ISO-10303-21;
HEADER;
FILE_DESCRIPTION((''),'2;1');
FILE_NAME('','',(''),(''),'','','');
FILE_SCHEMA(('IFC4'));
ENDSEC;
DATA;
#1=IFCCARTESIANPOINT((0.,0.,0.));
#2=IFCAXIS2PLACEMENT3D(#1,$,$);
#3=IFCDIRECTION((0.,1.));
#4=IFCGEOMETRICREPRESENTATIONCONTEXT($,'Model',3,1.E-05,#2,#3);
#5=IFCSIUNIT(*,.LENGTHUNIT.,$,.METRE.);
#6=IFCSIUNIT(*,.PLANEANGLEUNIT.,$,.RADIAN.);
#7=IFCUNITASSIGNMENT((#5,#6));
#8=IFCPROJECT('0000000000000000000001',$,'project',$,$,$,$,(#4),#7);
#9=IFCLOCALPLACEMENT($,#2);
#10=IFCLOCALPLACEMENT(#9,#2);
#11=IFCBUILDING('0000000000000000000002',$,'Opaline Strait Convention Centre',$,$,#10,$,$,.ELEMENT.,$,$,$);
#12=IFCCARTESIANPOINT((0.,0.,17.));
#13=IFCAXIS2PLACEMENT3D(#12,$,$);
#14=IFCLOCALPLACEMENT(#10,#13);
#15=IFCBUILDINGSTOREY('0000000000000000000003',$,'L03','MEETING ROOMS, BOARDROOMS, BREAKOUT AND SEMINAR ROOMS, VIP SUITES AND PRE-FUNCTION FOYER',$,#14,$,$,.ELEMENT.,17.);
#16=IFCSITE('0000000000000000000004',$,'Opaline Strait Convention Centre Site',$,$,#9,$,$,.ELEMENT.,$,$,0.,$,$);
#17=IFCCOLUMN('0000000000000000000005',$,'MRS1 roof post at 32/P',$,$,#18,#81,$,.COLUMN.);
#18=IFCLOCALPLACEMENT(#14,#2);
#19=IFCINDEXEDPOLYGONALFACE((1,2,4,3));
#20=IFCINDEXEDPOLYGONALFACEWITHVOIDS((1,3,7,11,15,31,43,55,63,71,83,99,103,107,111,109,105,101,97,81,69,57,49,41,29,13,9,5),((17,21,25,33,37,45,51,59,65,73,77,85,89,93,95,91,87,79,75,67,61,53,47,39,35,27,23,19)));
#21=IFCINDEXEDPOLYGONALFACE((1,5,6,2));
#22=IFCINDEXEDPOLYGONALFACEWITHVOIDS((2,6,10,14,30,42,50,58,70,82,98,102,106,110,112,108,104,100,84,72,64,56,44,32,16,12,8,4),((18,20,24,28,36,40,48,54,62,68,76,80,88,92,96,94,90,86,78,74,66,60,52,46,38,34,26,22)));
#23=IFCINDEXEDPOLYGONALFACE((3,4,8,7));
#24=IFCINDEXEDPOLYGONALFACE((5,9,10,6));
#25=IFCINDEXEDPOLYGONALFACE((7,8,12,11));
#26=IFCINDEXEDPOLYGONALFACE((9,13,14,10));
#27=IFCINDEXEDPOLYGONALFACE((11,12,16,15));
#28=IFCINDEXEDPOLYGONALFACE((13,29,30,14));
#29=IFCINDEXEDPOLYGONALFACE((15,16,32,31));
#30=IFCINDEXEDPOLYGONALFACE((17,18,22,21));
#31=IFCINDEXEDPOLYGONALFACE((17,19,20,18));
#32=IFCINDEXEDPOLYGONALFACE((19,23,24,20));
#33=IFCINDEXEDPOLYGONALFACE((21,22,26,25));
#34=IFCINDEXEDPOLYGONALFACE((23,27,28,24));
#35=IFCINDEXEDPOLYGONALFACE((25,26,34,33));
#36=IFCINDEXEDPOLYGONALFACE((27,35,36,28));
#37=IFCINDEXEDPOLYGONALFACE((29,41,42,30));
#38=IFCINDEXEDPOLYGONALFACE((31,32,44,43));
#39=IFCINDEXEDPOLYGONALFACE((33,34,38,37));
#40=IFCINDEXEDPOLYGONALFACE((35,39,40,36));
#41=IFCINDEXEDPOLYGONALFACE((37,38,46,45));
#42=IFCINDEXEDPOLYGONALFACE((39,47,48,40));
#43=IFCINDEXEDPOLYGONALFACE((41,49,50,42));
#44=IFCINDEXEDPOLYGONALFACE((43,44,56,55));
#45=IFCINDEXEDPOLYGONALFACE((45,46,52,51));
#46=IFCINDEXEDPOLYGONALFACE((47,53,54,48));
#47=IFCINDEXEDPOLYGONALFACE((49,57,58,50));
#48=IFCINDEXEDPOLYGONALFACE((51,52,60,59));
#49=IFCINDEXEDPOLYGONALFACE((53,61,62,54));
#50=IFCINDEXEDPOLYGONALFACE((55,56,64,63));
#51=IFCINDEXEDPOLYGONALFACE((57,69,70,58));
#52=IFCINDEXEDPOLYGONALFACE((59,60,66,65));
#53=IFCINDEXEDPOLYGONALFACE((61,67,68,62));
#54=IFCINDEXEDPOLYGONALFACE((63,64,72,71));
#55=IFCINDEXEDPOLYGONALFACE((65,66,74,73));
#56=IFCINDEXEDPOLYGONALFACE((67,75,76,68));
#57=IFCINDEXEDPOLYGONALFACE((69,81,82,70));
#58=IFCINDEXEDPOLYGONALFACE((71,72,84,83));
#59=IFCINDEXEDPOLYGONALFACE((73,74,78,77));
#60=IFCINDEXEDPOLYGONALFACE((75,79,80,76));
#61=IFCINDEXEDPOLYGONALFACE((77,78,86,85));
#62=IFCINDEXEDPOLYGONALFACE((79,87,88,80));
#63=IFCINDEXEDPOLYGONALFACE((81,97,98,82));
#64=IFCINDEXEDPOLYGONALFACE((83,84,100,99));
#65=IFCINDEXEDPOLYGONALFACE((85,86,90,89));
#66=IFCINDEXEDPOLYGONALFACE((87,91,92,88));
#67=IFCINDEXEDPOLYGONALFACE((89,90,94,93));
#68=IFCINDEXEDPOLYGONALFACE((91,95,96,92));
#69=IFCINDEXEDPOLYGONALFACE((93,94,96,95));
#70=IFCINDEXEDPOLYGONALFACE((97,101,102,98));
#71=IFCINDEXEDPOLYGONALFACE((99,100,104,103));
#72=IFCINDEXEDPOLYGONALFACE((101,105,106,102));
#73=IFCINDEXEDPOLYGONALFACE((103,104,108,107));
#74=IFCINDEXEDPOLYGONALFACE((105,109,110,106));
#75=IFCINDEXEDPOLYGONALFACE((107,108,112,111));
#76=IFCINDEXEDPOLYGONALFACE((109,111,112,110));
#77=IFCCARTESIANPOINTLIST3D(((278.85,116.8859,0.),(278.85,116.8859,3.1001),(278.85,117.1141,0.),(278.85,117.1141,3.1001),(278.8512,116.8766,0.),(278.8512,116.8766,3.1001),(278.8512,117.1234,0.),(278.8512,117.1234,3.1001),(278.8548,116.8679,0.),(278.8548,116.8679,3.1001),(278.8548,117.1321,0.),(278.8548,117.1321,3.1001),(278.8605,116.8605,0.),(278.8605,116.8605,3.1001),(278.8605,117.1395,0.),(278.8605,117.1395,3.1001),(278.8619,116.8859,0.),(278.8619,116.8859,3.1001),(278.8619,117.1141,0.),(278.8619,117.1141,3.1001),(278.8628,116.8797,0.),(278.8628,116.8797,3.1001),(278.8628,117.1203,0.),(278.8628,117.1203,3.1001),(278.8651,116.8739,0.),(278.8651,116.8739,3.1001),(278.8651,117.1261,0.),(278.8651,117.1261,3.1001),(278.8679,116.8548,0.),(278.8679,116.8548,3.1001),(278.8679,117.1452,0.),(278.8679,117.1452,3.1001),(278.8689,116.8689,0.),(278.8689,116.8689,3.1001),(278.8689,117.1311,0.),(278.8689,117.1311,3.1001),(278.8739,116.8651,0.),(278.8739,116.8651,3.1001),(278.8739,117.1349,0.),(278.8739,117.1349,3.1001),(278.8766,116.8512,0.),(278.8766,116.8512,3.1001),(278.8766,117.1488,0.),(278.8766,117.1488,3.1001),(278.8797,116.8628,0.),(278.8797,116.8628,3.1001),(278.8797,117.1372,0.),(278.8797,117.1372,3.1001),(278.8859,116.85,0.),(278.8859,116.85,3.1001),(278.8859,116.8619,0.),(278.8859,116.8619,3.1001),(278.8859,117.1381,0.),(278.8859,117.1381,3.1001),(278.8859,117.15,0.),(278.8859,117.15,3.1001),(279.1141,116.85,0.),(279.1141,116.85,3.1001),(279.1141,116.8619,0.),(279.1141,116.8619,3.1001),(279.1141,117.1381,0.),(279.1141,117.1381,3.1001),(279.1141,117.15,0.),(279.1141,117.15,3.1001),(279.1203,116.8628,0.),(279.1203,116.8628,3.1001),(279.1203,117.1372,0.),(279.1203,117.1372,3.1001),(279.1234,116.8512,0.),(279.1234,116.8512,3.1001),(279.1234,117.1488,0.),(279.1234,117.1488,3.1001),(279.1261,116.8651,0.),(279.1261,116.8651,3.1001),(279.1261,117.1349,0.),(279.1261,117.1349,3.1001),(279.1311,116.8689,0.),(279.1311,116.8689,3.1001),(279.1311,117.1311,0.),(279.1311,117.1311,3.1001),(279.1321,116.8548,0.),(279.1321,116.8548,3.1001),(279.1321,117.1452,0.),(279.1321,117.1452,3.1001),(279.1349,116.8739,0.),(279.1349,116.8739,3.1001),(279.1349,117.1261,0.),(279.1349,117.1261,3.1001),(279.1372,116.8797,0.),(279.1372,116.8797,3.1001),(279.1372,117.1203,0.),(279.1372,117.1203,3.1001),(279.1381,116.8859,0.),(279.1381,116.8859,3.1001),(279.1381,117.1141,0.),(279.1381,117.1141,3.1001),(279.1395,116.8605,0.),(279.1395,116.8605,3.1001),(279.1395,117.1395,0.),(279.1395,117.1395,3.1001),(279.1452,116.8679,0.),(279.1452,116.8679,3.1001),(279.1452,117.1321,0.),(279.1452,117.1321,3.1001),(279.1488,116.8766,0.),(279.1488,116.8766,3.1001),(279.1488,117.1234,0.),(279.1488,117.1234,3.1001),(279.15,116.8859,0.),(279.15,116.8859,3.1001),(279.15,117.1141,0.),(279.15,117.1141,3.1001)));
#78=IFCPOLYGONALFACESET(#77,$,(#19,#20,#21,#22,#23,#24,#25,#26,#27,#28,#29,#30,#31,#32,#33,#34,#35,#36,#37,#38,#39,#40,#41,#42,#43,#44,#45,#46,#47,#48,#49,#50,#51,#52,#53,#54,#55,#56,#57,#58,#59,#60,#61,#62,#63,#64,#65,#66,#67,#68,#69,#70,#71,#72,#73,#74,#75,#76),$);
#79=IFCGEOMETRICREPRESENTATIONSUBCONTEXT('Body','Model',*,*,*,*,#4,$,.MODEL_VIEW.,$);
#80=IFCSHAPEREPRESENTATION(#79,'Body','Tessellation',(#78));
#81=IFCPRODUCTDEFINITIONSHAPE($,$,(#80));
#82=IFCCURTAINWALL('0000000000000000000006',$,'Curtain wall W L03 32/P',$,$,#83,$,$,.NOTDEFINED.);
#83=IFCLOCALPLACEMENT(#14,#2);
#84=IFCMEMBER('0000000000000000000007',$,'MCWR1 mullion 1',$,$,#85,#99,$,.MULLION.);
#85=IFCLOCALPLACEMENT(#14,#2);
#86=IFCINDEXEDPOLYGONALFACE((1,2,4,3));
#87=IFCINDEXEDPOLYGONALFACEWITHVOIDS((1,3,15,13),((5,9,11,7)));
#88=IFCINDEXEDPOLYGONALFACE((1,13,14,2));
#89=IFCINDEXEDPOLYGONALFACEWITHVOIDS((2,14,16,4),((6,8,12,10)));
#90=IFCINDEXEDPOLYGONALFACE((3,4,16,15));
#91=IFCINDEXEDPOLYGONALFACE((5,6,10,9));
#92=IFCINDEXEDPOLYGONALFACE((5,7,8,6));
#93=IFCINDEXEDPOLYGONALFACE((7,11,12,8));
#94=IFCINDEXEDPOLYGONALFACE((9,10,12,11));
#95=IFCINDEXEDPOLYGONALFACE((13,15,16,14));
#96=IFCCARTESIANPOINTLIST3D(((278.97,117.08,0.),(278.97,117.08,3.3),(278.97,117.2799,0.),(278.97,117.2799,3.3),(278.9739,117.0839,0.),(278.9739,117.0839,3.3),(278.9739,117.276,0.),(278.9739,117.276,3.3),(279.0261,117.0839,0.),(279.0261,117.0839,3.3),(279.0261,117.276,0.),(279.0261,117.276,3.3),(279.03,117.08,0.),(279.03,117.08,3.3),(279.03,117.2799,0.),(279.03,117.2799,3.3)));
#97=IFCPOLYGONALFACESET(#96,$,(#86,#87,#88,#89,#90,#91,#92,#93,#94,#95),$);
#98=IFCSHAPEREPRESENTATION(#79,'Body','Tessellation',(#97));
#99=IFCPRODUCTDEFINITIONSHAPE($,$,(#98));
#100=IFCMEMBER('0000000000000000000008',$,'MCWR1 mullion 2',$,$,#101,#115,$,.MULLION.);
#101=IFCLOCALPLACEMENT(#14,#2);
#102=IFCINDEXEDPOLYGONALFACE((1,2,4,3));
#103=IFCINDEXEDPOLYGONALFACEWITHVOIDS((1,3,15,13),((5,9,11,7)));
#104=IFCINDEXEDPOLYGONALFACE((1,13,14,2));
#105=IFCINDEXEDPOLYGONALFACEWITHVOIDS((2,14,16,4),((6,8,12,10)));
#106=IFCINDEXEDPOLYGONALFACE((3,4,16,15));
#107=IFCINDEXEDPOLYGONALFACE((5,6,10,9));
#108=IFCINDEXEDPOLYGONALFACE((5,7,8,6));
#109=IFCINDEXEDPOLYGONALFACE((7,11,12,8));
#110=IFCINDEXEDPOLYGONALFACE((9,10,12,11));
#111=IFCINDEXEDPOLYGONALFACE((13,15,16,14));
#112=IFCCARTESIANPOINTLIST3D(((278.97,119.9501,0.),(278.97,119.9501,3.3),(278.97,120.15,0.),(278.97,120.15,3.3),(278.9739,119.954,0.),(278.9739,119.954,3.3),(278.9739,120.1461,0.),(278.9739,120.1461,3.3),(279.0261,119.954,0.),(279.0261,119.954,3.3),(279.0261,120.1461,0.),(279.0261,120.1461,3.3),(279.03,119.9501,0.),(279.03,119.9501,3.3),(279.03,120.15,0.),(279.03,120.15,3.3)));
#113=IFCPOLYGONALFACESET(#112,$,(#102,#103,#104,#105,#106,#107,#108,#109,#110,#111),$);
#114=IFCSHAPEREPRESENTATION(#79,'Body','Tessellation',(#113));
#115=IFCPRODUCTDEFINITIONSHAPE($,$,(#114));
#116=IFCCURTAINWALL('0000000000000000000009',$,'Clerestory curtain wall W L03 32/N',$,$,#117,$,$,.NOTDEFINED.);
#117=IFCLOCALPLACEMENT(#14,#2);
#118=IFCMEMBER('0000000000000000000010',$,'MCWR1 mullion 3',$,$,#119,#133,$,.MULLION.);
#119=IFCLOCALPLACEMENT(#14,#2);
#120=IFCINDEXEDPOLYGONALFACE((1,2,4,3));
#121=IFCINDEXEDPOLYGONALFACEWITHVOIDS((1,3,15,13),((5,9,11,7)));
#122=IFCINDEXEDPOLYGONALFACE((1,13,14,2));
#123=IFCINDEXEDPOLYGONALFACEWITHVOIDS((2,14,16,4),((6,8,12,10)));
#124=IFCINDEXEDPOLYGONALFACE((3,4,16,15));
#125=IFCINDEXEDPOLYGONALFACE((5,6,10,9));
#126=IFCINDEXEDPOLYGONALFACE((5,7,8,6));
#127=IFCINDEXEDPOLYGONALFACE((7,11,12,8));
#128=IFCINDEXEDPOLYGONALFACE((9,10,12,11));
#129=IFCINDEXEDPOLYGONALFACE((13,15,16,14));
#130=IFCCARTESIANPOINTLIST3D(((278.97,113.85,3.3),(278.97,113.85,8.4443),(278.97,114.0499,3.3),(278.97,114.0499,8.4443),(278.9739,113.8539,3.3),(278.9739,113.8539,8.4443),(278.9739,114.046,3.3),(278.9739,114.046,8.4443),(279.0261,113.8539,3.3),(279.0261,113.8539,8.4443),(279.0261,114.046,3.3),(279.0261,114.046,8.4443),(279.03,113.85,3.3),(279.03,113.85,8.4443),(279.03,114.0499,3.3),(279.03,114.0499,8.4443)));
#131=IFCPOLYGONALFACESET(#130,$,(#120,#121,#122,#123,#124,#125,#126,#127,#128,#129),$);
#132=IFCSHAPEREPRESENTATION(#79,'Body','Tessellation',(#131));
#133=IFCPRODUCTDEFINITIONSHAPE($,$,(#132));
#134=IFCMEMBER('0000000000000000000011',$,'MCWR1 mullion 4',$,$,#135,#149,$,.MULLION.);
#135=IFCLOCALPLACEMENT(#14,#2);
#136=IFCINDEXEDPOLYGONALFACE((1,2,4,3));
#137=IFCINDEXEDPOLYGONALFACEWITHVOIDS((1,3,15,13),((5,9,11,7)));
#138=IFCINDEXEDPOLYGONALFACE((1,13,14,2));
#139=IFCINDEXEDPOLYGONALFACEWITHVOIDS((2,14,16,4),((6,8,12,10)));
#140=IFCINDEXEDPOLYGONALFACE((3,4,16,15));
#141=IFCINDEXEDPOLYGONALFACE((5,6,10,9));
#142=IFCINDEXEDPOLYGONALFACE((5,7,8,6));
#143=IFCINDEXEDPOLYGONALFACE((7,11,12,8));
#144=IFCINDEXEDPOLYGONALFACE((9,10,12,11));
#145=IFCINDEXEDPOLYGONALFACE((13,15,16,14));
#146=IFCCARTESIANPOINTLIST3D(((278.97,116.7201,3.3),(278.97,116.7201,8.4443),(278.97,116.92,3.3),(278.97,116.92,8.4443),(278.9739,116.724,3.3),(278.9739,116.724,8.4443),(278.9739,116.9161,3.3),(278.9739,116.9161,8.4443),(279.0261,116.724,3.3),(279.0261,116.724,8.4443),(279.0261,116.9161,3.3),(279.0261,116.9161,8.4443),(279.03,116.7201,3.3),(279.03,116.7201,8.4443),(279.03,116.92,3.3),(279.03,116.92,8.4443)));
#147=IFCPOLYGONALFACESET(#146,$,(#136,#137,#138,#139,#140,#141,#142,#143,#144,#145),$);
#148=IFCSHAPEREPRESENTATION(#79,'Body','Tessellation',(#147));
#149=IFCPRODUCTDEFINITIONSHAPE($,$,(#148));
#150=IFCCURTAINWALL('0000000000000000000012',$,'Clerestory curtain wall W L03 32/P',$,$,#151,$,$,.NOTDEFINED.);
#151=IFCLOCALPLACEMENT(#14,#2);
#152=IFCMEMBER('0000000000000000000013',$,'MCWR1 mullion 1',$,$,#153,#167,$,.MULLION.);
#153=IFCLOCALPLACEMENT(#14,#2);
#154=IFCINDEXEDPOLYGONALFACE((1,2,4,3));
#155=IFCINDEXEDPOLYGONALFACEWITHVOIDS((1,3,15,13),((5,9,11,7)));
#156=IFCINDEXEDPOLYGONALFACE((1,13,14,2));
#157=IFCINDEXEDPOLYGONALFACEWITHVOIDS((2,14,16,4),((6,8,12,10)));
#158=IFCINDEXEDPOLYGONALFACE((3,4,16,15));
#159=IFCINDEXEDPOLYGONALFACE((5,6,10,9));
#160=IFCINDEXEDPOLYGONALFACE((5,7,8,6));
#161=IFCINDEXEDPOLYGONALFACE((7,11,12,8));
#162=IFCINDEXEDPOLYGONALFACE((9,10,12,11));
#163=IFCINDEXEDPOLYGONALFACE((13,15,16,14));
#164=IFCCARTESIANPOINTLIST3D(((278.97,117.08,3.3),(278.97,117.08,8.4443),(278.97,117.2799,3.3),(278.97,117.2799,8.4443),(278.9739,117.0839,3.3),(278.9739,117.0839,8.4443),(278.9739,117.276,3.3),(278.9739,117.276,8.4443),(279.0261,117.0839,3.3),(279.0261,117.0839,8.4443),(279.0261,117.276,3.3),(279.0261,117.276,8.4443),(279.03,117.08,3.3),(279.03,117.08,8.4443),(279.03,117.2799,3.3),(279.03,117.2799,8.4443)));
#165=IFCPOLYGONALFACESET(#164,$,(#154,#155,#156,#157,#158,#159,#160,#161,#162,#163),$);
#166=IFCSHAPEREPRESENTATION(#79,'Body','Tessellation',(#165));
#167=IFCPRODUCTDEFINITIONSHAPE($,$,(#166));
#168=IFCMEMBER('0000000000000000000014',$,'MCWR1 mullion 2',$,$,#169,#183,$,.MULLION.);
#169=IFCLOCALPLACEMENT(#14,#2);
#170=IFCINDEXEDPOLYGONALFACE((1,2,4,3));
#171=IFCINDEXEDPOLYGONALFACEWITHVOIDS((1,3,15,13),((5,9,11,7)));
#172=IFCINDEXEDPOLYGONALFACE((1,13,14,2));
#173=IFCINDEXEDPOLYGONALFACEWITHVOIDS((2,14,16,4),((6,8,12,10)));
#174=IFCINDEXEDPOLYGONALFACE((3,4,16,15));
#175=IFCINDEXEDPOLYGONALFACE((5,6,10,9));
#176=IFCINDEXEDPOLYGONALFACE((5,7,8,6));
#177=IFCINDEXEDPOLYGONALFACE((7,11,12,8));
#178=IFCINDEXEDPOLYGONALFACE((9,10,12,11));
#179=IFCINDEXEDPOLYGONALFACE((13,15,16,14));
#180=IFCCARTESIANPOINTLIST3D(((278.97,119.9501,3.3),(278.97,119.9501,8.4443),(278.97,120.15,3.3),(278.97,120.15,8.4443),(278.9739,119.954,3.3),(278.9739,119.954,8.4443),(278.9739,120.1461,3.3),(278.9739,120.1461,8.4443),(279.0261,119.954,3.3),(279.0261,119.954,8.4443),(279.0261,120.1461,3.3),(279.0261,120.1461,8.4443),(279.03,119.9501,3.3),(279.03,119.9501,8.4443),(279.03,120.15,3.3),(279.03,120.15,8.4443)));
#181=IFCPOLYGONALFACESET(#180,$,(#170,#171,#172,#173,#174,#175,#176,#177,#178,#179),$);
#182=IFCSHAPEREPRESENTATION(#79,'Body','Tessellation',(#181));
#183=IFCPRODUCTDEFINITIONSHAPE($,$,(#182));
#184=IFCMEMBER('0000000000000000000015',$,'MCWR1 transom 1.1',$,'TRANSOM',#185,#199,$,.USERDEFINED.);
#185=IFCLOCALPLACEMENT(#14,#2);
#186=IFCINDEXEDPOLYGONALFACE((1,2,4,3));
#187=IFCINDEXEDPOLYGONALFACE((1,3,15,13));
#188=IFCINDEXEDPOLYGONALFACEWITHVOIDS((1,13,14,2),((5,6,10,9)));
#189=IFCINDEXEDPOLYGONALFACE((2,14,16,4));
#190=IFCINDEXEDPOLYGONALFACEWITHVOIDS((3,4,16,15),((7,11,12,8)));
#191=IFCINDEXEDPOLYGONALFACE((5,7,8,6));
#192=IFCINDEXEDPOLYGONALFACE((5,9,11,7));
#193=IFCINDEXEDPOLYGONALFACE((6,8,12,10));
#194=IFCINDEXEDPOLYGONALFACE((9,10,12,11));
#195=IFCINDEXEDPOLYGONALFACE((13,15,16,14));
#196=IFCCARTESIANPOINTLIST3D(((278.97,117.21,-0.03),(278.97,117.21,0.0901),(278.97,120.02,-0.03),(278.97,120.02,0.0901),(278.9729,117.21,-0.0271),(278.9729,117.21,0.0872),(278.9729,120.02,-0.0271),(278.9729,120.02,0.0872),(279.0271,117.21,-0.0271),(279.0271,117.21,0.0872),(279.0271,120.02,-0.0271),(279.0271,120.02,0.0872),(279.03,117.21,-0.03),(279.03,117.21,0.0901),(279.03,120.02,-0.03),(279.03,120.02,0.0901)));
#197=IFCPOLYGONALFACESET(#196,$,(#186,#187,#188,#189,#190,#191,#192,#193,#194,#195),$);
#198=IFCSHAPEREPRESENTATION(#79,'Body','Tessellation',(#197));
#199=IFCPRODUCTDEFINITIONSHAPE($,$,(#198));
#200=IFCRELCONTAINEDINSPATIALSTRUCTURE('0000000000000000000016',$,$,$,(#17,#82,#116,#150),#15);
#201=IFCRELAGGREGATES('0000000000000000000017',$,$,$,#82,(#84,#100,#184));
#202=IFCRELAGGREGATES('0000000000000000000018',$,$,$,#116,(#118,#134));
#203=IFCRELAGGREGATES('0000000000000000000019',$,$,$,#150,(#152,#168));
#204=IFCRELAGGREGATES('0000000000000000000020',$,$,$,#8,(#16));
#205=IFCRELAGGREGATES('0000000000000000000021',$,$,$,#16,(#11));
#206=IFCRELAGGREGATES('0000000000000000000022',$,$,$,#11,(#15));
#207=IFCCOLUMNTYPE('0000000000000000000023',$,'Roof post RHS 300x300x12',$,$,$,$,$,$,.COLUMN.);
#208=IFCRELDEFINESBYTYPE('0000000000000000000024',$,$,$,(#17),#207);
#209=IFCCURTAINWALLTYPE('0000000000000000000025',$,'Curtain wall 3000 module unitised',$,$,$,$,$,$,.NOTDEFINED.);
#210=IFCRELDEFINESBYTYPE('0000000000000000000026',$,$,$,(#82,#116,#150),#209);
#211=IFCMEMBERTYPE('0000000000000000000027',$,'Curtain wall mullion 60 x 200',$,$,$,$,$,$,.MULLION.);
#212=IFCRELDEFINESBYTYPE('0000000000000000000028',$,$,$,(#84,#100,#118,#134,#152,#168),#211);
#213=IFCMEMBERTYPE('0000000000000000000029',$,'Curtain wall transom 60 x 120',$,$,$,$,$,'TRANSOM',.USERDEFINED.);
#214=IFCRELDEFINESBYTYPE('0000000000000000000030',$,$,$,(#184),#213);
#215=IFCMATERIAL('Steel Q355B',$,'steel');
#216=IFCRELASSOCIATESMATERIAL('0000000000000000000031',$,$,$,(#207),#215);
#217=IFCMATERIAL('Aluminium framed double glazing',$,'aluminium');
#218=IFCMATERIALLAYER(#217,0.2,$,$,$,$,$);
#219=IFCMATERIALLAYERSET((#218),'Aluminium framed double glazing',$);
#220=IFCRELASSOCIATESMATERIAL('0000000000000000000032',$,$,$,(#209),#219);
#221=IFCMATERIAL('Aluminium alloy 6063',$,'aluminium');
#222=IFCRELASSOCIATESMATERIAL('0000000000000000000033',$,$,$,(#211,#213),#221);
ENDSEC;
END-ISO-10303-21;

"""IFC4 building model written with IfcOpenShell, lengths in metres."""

from ifc_helpers import new_model, si_unit, direction, frame, origin, origin_2d, place, context, subcontext, project, spatial, hollow_rectangle, extrude, material, layer, layer_set, material_profile, profile_set, type_object, element, aggregate, save


model = new_model("IFC4")

# Units and contexts
model_context = context("Model", 3, precision=1e-05, world=origin(), true_north=direction((0.0, 1.0)))
body_context = subcontext(model_context, "Body", "Model", "MODEL_VIEW")
ifc_project = project(units=[si_unit("LENGTHUNIT", "METRE"), si_unit("PLANEANGLEUNIT", "RADIAN")], contexts=[model_context])

# Site, building, storey
site_placement = place(None, origin())
site = spatial("IfcSite", under=ifc_project, at=site_placement, Name="Opaline Strait Convention Centre Site", CompositionType="ELEMENT", RefElevation=0.0)
building_placement = place(site_placement, origin())
building = spatial("IfcBuilding", under=site, at=building_placement, Name="Opaline Strait Convention Centre", CompositionType="ELEMENT")
storey_placement = place(building_placement, frame((0.0, 0.0, 17.0)))
storey = spatial("IfcBuildingStorey", under=building, at=storey_placement, Name="L03", Description="MEETING ROOMS, BOARDROOMS, BREAKOUT AND SEMINAR ROOMS, VIP SUITES AND PRE-FUNCTION FOYER", CompositionType="ELEMENT", Elevation=17.0)

# Column
ifc_material_1 = material(Name="Steel Q355B", Category="steel")
ifc_material_profile_1 = material_profile(ifc_material_1, hollow_rectangle(XDim=0.3, YDim=0.3, WallThickness=0.012, InnerFilletRadius=0.0239, OuterFilletRadius=0.0359, at=origin_2d()), Name="RHS 300x300x12")
ifc_profile_set_1 = profile_set([ifc_material_profile_1], Name="Steel Q355B")
column_type = type_object("IfcColumnType", Name="Roof post RHS 300x300x12", PredefinedType="COLUMN", material=ifc_profile_set_1)
column_placement = place(storey_placement, frame((279.0, 117.0, 0.0), z_axis=(0.0, 0.0, 1.0), x_axis=(1.0, 0.0, 0.0)))
element("IfcColumn", 1, at=column_placement, inside=storey, type_object=column_type, Name="MRS1 roof post at 32/P", PredefinedType="COLUMN", context=body_context, shape_type="SweptSolid", body=[
    extrude(hollow_rectangle(XDim=0.3, YDim=0.3, WallThickness=0.012, InnerFilletRadius=0.0239, OuterFilletRadius=0.0359, at=origin_2d()), origin(), (0.0, 0.0, 1.0), 3.1001),
])

# Curtain walls, members
ifc_material_2 = material(Name="Aluminium framed double glazing", Category="aluminium")
ifc_layer_1 = layer(ifc_material_2, 0.2)
ifc_layer_set_1 = layer_set([ifc_layer_1], Name="Aluminium framed double glazing")
curtain_wall_type = type_object("IfcCurtainWallType", Name="Curtain wall 3000 module unitised", PredefinedType="NOTDEFINED", material=ifc_layer_set_1)
curtain_wall_1_placement = place(storey_placement, origin())
curtain_wall_1 = element("IfcCurtainWall", 2, at=curtain_wall_1_placement, inside=storey, type_object=curtain_wall_type, Name="Curtain wall W L03 32/P", PredefinedType="NOTDEFINED")
ifc_material_3 = material(Name="Aluminium alloy 6063", Category="aluminium")
ifc_material_profile_2 = material_profile(ifc_material_3, hollow_rectangle(XDim=0.0601, YDim=0.2, WallThickness=0.0039, at=origin_2d()), Name="MULLION 60x200x4")
ifc_profile_set_2 = profile_set([ifc_material_profile_2], Name="Aluminium alloy 6063")
member_type_1 = type_object("IfcMemberType", Name="Curtain wall mullion 60 x 200", PredefinedType="MULLION", material=ifc_profile_set_2)
member_1_placement = place(storey_placement, frame((279.0, 117.1799, 0.0), z_axis=(0.0, 0.0, 1.0), x_axis=(-1.0, 0.0, 0.0)))
member_1 = element("IfcMember", 3, at=member_1_placement, type_object=member_type_1, Name="MCWR1 mullion 1", PredefinedType="MULLION", context=body_context, shape_type="SweptSolid", body=[
    extrude(hollow_rectangle(XDim=0.0601, YDim=0.2, WallThickness=0.0039, at=origin_2d()), origin(), (0.0, 0.0, 1.0), 3.3),
])
member_2_placement = place(storey_placement, frame((279.0, 120.05, 0.0), z_axis=(0.0, 0.0, 1.0), x_axis=(-1.0, 0.0, 0.0)))
member_2 = element("IfcMember", 4, at=member_2_placement, type_object=member_type_1, Name="MCWR1 mullion 2", PredefinedType="MULLION", context=body_context, shape_type="SweptSolid", body=[
    extrude(hollow_rectangle(XDim=0.0601, YDim=0.2, WallThickness=0.0039, at=origin_2d()), origin(), (0.0, 0.0, 1.0), 3.3),
])
curtain_wall_2_placement = place(storey_placement, origin())
curtain_wall_2 = element("IfcCurtainWall", 5, at=curtain_wall_2_placement, inside=storey, type_object=curtain_wall_type, Name="Clerestory curtain wall W L03 32/N", PredefinedType="NOTDEFINED")
member_3_placement = place(storey_placement, frame((279.0, 113.95, 3.3), z_axis=(0.0, 0.0, 1.0), x_axis=(-1.0, 0.0, 0.0)))
member_3 = element("IfcMember", 6, at=member_3_placement, type_object=member_type_1, Name="MCWR1 mullion 3", PredefinedType="MULLION", context=body_context, shape_type="SweptSolid", body=[
    extrude(hollow_rectangle(XDim=0.0601, YDim=0.2, WallThickness=0.0039, at=origin_2d()), origin(), (0.0, 0.0, 1.0), 5.1443),
])
member_4_placement = place(storey_placement, frame((279.0, 116.8201, 3.3), z_axis=(0.0, 0.0, 1.0), x_axis=(-1.0, 0.0, 0.0)))
member_4 = element("IfcMember", 7, at=member_4_placement, type_object=member_type_1, Name="MCWR1 mullion 4", PredefinedType="MULLION", context=body_context, shape_type="SweptSolid", body=[
    extrude(hollow_rectangle(XDim=0.0601, YDim=0.2, WallThickness=0.0039, at=origin_2d()), origin(), (0.0, 0.0, 1.0), 5.1443),
])
curtain_wall_3_placement = place(storey_placement, origin())
curtain_wall_3 = element("IfcCurtainWall", 8, at=curtain_wall_3_placement, inside=storey, type_object=curtain_wall_type, Name="Clerestory curtain wall W L03 32/P", PredefinedType="NOTDEFINED")
member_5_placement = place(storey_placement, frame((279.0, 117.1799, 3.3), z_axis=(0.0, 0.0, 1.0), x_axis=(-1.0, 0.0, 0.0)))
member_5 = element("IfcMember", 9, at=member_5_placement, type_object=member_type_1, Name="MCWR1 mullion 1", PredefinedType="MULLION", context=body_context, shape_type="SweptSolid", body=[
    extrude(hollow_rectangle(XDim=0.0601, YDim=0.2, WallThickness=0.0039, at=origin_2d()), origin(), (0.0, 0.0, 1.0), 5.1443),
])
member_6_placement = place(storey_placement, frame((279.0, 120.05, 3.3), z_axis=(0.0, 0.0, 1.0), x_axis=(-1.0, 0.0, 0.0)))
member_6 = element("IfcMember", 10, at=member_6_placement, type_object=member_type_1, Name="MCWR1 mullion 2", PredefinedType="MULLION", context=body_context, shape_type="SweptSolid", body=[
    extrude(hollow_rectangle(XDim=0.0601, YDim=0.2, WallThickness=0.0039, at=origin_2d()), origin(), (0.0, 0.0, 1.0), 5.1443),
])

# Member
ifc_material_profile_3 = material_profile(ifc_material_3, hollow_rectangle(XDim=0.0601, YDim=0.1201, WallThickness=0.0029, at=origin_2d()), Name="TRANSOM 60x120x3")
ifc_profile_set_3 = profile_set([ifc_material_profile_3], Name="Aluminium alloy 6063")
member_type_2 = type_object("IfcMemberType", Name="Curtain wall transom 60 x 120", ElementType="TRANSOM", PredefinedType="USERDEFINED", material=ifc_profile_set_3)
member_7_placement = place(storey_placement, frame((279.0, 117.21, 0.03), z_axis=(0.0, 1.0, 0.0), x_axis=(-1.0, 0.0, 0.0)))
member_7 = element("IfcMember", 11, at=member_7_placement, type_object=member_type_2, Name="MCWR1 transom 1.1", ObjectType="TRANSOM", PredefinedType="USERDEFINED", context=body_context, shape_type="SweptSolid", body=[
    extrude(hollow_rectangle(XDim=0.0601, YDim=0.1201, WallThickness=0.0029, at=origin_2d()), origin(), (0.0, 0.0, 1.0), 2.8101),
])

aggregate(curtain_wall_1, [member_1, member_2, member_7])
aggregate(curtain_wall_2, [member_3, member_4])
aggregate(curtain_wall_3, [member_5, member_6])

save(model, "model.ifc")
